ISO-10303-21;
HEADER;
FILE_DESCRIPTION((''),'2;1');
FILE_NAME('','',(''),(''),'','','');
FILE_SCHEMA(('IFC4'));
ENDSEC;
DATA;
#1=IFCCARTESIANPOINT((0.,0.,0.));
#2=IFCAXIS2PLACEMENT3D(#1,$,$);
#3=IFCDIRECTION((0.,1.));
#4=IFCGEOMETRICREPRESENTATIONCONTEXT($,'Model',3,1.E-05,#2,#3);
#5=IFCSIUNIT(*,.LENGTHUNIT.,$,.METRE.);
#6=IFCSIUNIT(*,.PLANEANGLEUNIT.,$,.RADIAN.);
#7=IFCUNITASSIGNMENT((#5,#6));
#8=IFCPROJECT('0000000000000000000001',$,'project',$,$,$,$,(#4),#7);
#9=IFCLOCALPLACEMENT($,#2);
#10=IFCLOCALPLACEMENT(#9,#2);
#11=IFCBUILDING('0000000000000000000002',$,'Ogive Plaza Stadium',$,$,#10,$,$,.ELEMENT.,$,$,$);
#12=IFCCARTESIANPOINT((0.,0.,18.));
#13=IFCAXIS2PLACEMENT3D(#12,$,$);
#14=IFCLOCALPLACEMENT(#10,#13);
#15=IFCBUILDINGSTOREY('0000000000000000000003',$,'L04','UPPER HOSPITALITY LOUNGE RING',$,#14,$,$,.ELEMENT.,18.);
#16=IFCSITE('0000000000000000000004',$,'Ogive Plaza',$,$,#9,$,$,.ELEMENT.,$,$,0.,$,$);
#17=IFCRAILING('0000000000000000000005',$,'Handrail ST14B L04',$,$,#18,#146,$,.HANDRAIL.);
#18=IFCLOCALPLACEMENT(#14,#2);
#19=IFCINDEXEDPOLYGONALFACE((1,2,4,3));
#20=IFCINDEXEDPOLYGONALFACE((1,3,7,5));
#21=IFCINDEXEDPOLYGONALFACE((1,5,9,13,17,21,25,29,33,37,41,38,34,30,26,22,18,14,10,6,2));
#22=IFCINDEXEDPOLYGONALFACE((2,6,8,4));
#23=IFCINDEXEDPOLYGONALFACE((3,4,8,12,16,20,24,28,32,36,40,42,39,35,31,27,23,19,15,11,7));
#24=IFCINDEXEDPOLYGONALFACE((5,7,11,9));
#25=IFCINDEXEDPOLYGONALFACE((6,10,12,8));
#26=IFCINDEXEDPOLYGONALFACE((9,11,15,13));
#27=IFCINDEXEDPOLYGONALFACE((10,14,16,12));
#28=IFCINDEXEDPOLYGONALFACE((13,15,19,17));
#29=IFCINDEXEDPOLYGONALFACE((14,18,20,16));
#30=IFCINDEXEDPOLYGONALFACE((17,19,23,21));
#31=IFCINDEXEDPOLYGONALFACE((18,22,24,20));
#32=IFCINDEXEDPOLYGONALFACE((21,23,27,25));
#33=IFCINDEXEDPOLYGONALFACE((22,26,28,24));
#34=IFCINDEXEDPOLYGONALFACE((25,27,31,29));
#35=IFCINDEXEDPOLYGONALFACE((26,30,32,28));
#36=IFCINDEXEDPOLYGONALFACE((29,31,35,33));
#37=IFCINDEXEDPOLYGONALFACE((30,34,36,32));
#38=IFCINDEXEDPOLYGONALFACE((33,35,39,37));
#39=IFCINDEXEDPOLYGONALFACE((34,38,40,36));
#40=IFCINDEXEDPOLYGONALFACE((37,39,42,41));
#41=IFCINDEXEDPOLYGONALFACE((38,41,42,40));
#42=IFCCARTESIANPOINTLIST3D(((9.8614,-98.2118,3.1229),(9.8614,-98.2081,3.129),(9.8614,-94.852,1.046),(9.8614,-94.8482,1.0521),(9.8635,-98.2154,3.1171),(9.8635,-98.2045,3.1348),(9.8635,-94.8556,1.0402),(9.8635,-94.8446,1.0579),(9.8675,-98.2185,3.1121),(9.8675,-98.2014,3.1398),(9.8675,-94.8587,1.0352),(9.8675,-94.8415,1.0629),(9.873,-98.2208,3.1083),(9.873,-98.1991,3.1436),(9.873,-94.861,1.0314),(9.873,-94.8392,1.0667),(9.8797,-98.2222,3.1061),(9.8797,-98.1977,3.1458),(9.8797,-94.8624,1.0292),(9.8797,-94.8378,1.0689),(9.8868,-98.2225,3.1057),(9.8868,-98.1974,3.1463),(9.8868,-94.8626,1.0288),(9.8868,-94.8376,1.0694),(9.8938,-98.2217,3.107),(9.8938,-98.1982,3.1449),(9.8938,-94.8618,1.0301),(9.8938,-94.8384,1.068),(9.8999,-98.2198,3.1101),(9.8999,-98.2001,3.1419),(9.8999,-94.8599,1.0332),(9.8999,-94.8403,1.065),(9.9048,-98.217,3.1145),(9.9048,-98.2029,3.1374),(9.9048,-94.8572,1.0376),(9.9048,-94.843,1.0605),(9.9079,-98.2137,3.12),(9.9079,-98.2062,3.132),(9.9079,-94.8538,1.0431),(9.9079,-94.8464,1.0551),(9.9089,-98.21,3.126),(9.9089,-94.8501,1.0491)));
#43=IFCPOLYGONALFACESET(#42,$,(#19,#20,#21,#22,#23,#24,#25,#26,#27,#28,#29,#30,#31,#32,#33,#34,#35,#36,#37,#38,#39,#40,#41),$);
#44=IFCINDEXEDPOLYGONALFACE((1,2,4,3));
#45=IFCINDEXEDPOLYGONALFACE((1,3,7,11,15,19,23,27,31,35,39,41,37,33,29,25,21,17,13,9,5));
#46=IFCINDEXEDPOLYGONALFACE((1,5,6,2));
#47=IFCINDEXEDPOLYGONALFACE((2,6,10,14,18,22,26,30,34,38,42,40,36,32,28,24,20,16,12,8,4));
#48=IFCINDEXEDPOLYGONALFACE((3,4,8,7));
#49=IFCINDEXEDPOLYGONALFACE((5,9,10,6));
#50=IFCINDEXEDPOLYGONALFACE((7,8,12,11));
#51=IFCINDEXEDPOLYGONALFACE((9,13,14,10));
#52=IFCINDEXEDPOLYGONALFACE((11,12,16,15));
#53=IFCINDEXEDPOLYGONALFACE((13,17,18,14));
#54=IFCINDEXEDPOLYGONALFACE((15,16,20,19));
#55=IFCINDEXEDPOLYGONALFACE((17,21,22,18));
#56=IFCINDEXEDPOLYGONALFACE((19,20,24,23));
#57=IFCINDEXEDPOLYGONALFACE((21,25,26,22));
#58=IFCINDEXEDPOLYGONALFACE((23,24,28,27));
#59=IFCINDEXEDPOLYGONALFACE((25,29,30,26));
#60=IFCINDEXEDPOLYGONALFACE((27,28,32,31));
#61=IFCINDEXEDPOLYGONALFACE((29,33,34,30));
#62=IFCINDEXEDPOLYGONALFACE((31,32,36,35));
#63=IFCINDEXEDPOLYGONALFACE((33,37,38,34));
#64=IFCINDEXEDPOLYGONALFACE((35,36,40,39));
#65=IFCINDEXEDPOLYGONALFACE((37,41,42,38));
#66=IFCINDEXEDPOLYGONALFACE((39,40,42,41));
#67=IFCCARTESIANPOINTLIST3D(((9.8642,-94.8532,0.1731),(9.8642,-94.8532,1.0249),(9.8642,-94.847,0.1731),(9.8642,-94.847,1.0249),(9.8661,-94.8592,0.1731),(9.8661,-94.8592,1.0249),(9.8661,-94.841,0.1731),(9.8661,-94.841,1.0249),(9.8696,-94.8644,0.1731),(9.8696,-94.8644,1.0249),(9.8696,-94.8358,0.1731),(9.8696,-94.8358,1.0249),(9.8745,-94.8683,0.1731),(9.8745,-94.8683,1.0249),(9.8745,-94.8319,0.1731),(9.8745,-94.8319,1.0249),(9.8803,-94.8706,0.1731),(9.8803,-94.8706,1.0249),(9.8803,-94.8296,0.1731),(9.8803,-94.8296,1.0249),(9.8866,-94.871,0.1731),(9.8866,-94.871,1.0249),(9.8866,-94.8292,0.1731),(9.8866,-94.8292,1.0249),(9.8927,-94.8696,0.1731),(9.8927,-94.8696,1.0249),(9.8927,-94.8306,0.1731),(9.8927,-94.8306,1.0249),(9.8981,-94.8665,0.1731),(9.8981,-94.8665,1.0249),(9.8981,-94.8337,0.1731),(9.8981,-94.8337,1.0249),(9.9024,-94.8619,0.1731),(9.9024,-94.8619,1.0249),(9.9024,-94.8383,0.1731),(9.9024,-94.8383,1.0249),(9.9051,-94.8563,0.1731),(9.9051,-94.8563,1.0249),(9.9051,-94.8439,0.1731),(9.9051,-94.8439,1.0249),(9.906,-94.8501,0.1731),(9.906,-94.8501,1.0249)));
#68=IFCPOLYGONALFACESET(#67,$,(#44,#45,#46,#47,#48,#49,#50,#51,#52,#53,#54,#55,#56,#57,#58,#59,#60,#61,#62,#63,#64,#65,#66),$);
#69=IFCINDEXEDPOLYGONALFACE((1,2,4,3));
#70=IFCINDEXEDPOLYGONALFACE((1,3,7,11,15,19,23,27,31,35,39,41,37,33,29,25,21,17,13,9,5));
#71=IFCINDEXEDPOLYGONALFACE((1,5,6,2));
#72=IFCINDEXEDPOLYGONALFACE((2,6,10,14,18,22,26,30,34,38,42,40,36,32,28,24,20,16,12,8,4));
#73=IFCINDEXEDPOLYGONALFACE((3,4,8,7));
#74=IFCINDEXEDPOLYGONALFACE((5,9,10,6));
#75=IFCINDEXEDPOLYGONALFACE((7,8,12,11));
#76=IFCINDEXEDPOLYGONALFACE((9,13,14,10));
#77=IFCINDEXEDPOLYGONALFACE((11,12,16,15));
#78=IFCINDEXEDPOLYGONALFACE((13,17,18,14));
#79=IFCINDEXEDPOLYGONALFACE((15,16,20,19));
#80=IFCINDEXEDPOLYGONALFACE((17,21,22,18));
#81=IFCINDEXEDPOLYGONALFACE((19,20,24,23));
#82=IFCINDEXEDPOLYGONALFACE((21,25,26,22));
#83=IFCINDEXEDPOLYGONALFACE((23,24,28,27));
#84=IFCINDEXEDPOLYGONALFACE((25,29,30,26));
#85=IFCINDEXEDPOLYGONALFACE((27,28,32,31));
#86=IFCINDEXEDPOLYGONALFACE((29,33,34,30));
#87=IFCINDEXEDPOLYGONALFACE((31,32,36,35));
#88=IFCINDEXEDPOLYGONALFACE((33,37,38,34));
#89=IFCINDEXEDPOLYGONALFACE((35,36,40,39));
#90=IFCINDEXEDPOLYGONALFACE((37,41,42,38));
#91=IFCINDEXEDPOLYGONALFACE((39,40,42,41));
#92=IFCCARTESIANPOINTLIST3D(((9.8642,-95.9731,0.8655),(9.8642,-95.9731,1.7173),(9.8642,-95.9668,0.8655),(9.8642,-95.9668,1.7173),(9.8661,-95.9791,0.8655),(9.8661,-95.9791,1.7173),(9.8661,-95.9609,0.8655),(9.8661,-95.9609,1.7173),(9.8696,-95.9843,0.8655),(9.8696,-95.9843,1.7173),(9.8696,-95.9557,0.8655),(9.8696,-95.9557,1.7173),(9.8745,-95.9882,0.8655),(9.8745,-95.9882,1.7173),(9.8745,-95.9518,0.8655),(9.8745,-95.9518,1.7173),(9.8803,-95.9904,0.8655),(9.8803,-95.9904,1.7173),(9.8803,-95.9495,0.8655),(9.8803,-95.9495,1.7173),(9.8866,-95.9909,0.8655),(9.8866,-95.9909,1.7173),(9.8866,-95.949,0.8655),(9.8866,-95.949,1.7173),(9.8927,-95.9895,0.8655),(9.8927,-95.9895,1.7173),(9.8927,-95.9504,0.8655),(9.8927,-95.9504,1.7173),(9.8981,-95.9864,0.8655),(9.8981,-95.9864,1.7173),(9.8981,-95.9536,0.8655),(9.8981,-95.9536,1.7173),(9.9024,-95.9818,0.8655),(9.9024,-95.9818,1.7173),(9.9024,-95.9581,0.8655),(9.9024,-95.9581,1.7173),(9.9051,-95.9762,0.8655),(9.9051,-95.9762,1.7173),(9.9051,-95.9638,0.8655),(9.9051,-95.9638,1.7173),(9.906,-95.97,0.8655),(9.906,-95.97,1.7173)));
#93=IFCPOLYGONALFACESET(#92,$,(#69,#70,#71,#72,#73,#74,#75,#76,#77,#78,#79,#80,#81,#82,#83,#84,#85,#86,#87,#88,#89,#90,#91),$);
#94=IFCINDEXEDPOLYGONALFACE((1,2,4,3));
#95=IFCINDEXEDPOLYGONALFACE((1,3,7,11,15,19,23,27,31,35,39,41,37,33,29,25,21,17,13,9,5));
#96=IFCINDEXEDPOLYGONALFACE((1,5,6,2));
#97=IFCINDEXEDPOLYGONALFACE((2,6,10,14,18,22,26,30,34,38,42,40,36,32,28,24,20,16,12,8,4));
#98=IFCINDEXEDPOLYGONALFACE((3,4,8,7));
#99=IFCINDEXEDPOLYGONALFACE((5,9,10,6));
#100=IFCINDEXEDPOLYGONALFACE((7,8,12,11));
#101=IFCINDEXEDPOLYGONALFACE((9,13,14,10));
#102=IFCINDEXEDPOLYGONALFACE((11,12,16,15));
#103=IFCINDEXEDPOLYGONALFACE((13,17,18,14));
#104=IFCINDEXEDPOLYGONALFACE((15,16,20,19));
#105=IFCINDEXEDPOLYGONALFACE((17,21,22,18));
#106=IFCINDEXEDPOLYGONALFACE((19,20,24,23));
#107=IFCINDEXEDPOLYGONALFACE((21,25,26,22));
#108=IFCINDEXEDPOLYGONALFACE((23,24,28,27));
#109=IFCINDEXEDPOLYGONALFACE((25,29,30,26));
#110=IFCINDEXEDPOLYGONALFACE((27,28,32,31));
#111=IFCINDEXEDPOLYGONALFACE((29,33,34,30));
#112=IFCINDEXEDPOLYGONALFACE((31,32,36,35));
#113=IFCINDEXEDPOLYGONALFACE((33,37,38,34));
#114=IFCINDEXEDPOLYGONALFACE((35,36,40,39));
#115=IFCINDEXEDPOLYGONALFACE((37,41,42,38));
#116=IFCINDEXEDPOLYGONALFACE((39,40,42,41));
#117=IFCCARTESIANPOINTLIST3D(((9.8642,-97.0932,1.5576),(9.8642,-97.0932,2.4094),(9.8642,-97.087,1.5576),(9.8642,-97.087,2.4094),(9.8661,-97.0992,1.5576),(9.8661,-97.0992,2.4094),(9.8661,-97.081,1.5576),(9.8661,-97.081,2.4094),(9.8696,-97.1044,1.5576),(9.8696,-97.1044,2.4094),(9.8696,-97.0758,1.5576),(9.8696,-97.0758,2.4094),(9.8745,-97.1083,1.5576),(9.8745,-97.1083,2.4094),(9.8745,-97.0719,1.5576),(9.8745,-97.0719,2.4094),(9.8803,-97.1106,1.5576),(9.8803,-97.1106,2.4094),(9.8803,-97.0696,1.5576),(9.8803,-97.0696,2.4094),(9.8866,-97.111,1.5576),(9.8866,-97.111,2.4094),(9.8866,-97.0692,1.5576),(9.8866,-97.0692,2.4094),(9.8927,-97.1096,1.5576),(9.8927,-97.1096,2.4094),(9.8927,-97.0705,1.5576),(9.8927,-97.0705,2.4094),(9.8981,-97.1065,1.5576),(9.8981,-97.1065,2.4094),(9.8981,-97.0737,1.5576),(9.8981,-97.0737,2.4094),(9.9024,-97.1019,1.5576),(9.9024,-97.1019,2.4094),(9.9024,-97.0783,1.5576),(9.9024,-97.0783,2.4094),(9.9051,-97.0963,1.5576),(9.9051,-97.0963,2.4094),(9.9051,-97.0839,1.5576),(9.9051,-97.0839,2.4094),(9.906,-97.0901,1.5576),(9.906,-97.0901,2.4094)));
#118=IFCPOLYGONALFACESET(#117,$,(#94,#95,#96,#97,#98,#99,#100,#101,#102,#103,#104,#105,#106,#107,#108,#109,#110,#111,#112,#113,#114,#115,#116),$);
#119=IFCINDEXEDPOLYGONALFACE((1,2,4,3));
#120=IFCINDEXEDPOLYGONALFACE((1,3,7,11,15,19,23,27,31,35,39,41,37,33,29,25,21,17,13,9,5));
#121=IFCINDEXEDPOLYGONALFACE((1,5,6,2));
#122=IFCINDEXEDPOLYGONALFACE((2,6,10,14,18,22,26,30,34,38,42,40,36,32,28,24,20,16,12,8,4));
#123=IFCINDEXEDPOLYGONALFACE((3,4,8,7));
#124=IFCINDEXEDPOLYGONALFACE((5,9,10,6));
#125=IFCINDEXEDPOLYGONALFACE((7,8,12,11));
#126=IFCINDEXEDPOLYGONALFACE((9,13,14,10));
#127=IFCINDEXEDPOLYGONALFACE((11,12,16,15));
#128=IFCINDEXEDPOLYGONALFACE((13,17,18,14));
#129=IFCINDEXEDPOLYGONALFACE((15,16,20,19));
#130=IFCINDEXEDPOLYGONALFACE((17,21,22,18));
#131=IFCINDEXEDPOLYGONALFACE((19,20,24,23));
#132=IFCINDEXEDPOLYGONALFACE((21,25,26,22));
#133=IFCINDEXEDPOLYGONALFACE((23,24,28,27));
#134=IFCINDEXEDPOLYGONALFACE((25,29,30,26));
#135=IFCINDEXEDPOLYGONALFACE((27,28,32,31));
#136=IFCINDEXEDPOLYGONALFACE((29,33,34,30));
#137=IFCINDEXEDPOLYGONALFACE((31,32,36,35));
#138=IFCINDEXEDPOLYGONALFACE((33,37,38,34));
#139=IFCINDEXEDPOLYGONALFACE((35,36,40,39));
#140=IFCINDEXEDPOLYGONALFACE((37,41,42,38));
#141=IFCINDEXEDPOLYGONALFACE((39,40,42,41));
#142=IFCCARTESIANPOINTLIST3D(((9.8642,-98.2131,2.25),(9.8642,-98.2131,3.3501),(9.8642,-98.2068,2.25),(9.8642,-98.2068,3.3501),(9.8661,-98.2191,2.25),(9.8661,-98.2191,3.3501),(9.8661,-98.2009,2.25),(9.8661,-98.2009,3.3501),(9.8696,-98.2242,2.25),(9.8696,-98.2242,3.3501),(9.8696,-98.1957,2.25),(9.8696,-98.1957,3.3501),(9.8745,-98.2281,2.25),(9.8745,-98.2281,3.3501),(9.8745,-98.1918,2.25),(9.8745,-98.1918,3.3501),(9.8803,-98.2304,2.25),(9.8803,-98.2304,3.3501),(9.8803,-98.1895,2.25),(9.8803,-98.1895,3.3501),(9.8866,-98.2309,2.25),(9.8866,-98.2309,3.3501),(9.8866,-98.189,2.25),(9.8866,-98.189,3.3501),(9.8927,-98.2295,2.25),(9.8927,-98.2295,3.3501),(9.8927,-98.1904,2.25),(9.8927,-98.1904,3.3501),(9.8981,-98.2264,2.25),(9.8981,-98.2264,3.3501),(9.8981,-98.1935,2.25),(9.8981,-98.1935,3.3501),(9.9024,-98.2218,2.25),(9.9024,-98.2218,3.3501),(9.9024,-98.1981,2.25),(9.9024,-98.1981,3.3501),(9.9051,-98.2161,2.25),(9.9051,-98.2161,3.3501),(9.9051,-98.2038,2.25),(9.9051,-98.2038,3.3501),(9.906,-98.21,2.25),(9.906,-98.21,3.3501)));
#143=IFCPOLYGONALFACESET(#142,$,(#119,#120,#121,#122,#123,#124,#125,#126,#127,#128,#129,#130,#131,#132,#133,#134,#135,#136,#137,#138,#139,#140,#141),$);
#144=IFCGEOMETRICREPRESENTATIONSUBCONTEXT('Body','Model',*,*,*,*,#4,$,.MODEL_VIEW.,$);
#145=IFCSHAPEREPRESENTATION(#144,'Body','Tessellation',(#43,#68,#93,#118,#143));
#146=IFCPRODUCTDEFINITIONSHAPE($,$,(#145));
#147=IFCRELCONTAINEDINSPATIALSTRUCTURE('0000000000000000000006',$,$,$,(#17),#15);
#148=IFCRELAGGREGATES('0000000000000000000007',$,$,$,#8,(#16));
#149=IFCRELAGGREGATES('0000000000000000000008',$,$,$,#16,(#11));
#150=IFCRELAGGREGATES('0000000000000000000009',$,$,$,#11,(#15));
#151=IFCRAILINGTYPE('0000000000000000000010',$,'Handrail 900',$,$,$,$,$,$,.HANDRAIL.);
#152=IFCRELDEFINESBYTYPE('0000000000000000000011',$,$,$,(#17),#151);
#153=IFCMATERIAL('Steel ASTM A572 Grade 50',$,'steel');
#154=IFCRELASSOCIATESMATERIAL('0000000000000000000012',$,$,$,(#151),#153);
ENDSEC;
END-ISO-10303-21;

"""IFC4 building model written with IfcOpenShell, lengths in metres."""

from ifc_helpers import new_model, si_unit, direction, frame, origin, origin_2d, place, context, subcontext, project, spatial, circle, extrude, material, type_object, element, save


model = new_model("IFC4")

# Units and contexts
model_context = context("Model", 3, precision=1e-05, world=origin(), true_north=direction((0.0, 1.0)))
body_context = subcontext(model_context, "Body", "Model", "MODEL_VIEW")
ifc_project = project(units=[si_unit("LENGTHUNIT", "METRE"), si_unit("PLANEANGLEUNIT", "RADIAN")], contexts=[model_context])

# Site, building, storey
site_placement = place(None, origin())
site = spatial("IfcSite", under=ifc_project, at=site_placement, Name="Ogive Plaza", CompositionType="ELEMENT", RefElevation=0.0)
building_placement = place(site_placement, origin())
building = spatial("IfcBuilding", under=site, at=building_placement, Name="Ogive Plaza Stadium", CompositionType="ELEMENT")
storey_placement = place(building_placement, frame((0.0, 0.0, 18.0)))
storey = spatial("IfcBuildingStorey", under=building, at=storey_placement, Name="L04", Description="UPPER HOSPITALITY LOUNGE RING", CompositionType="ELEMENT", Elevation=18.0)

# Railing
ifc_material_1 = material(Name="Steel ASTM A572 Grade 50", Category="steel")
railing_type_1 = type_object("IfcRailingType", Name="Handrail 900", PredefinedType="HANDRAIL", material=ifc_material_1)
for number, where, name in (
    (1, (9.885, -94.8501, 0.1731), "Handrail ST14B L04"),
):
    element("IfcRailing", number, at=place(storey_placement, frame(where)), inside=storey, type_object=railing_type_1, Name=name, PredefinedType="HANDRAIL", context=body_context, shape_type="SweptSolid", body=[
        extrude(circle(Radius=0.0239, at=origin_2d()), frame((0.0, 0.0, 0.876), z_axis=(0.0, -0.850606, 0.525803), x_axis=(1.0, 0.0, 0.0)), (0.0, 0.0, 1.0), 3.95),
        extrude(circle(Radius=0.021, at=origin_2d()), origin(), (0.0, 0.0, 1.0), 0.8518),
        extrude(circle(Radius=0.021, at=origin_2d()), frame((0.0, -1.1199, 0.6924)), (0.0, 0.0, 1.0), 0.8518),
        extrude(circle(Radius=0.021, at=origin_2d()), frame((0.0, -2.24, 1.3845)), (0.0, 0.0, 1.0), 0.8518),
        extrude(circle(Radius=0.021, at=origin_2d()), frame((0.0, -3.3599, 2.0769)), (0.0, 0.0, 1.0), 1.1001),
    ])

save(model, "model.ifc")
